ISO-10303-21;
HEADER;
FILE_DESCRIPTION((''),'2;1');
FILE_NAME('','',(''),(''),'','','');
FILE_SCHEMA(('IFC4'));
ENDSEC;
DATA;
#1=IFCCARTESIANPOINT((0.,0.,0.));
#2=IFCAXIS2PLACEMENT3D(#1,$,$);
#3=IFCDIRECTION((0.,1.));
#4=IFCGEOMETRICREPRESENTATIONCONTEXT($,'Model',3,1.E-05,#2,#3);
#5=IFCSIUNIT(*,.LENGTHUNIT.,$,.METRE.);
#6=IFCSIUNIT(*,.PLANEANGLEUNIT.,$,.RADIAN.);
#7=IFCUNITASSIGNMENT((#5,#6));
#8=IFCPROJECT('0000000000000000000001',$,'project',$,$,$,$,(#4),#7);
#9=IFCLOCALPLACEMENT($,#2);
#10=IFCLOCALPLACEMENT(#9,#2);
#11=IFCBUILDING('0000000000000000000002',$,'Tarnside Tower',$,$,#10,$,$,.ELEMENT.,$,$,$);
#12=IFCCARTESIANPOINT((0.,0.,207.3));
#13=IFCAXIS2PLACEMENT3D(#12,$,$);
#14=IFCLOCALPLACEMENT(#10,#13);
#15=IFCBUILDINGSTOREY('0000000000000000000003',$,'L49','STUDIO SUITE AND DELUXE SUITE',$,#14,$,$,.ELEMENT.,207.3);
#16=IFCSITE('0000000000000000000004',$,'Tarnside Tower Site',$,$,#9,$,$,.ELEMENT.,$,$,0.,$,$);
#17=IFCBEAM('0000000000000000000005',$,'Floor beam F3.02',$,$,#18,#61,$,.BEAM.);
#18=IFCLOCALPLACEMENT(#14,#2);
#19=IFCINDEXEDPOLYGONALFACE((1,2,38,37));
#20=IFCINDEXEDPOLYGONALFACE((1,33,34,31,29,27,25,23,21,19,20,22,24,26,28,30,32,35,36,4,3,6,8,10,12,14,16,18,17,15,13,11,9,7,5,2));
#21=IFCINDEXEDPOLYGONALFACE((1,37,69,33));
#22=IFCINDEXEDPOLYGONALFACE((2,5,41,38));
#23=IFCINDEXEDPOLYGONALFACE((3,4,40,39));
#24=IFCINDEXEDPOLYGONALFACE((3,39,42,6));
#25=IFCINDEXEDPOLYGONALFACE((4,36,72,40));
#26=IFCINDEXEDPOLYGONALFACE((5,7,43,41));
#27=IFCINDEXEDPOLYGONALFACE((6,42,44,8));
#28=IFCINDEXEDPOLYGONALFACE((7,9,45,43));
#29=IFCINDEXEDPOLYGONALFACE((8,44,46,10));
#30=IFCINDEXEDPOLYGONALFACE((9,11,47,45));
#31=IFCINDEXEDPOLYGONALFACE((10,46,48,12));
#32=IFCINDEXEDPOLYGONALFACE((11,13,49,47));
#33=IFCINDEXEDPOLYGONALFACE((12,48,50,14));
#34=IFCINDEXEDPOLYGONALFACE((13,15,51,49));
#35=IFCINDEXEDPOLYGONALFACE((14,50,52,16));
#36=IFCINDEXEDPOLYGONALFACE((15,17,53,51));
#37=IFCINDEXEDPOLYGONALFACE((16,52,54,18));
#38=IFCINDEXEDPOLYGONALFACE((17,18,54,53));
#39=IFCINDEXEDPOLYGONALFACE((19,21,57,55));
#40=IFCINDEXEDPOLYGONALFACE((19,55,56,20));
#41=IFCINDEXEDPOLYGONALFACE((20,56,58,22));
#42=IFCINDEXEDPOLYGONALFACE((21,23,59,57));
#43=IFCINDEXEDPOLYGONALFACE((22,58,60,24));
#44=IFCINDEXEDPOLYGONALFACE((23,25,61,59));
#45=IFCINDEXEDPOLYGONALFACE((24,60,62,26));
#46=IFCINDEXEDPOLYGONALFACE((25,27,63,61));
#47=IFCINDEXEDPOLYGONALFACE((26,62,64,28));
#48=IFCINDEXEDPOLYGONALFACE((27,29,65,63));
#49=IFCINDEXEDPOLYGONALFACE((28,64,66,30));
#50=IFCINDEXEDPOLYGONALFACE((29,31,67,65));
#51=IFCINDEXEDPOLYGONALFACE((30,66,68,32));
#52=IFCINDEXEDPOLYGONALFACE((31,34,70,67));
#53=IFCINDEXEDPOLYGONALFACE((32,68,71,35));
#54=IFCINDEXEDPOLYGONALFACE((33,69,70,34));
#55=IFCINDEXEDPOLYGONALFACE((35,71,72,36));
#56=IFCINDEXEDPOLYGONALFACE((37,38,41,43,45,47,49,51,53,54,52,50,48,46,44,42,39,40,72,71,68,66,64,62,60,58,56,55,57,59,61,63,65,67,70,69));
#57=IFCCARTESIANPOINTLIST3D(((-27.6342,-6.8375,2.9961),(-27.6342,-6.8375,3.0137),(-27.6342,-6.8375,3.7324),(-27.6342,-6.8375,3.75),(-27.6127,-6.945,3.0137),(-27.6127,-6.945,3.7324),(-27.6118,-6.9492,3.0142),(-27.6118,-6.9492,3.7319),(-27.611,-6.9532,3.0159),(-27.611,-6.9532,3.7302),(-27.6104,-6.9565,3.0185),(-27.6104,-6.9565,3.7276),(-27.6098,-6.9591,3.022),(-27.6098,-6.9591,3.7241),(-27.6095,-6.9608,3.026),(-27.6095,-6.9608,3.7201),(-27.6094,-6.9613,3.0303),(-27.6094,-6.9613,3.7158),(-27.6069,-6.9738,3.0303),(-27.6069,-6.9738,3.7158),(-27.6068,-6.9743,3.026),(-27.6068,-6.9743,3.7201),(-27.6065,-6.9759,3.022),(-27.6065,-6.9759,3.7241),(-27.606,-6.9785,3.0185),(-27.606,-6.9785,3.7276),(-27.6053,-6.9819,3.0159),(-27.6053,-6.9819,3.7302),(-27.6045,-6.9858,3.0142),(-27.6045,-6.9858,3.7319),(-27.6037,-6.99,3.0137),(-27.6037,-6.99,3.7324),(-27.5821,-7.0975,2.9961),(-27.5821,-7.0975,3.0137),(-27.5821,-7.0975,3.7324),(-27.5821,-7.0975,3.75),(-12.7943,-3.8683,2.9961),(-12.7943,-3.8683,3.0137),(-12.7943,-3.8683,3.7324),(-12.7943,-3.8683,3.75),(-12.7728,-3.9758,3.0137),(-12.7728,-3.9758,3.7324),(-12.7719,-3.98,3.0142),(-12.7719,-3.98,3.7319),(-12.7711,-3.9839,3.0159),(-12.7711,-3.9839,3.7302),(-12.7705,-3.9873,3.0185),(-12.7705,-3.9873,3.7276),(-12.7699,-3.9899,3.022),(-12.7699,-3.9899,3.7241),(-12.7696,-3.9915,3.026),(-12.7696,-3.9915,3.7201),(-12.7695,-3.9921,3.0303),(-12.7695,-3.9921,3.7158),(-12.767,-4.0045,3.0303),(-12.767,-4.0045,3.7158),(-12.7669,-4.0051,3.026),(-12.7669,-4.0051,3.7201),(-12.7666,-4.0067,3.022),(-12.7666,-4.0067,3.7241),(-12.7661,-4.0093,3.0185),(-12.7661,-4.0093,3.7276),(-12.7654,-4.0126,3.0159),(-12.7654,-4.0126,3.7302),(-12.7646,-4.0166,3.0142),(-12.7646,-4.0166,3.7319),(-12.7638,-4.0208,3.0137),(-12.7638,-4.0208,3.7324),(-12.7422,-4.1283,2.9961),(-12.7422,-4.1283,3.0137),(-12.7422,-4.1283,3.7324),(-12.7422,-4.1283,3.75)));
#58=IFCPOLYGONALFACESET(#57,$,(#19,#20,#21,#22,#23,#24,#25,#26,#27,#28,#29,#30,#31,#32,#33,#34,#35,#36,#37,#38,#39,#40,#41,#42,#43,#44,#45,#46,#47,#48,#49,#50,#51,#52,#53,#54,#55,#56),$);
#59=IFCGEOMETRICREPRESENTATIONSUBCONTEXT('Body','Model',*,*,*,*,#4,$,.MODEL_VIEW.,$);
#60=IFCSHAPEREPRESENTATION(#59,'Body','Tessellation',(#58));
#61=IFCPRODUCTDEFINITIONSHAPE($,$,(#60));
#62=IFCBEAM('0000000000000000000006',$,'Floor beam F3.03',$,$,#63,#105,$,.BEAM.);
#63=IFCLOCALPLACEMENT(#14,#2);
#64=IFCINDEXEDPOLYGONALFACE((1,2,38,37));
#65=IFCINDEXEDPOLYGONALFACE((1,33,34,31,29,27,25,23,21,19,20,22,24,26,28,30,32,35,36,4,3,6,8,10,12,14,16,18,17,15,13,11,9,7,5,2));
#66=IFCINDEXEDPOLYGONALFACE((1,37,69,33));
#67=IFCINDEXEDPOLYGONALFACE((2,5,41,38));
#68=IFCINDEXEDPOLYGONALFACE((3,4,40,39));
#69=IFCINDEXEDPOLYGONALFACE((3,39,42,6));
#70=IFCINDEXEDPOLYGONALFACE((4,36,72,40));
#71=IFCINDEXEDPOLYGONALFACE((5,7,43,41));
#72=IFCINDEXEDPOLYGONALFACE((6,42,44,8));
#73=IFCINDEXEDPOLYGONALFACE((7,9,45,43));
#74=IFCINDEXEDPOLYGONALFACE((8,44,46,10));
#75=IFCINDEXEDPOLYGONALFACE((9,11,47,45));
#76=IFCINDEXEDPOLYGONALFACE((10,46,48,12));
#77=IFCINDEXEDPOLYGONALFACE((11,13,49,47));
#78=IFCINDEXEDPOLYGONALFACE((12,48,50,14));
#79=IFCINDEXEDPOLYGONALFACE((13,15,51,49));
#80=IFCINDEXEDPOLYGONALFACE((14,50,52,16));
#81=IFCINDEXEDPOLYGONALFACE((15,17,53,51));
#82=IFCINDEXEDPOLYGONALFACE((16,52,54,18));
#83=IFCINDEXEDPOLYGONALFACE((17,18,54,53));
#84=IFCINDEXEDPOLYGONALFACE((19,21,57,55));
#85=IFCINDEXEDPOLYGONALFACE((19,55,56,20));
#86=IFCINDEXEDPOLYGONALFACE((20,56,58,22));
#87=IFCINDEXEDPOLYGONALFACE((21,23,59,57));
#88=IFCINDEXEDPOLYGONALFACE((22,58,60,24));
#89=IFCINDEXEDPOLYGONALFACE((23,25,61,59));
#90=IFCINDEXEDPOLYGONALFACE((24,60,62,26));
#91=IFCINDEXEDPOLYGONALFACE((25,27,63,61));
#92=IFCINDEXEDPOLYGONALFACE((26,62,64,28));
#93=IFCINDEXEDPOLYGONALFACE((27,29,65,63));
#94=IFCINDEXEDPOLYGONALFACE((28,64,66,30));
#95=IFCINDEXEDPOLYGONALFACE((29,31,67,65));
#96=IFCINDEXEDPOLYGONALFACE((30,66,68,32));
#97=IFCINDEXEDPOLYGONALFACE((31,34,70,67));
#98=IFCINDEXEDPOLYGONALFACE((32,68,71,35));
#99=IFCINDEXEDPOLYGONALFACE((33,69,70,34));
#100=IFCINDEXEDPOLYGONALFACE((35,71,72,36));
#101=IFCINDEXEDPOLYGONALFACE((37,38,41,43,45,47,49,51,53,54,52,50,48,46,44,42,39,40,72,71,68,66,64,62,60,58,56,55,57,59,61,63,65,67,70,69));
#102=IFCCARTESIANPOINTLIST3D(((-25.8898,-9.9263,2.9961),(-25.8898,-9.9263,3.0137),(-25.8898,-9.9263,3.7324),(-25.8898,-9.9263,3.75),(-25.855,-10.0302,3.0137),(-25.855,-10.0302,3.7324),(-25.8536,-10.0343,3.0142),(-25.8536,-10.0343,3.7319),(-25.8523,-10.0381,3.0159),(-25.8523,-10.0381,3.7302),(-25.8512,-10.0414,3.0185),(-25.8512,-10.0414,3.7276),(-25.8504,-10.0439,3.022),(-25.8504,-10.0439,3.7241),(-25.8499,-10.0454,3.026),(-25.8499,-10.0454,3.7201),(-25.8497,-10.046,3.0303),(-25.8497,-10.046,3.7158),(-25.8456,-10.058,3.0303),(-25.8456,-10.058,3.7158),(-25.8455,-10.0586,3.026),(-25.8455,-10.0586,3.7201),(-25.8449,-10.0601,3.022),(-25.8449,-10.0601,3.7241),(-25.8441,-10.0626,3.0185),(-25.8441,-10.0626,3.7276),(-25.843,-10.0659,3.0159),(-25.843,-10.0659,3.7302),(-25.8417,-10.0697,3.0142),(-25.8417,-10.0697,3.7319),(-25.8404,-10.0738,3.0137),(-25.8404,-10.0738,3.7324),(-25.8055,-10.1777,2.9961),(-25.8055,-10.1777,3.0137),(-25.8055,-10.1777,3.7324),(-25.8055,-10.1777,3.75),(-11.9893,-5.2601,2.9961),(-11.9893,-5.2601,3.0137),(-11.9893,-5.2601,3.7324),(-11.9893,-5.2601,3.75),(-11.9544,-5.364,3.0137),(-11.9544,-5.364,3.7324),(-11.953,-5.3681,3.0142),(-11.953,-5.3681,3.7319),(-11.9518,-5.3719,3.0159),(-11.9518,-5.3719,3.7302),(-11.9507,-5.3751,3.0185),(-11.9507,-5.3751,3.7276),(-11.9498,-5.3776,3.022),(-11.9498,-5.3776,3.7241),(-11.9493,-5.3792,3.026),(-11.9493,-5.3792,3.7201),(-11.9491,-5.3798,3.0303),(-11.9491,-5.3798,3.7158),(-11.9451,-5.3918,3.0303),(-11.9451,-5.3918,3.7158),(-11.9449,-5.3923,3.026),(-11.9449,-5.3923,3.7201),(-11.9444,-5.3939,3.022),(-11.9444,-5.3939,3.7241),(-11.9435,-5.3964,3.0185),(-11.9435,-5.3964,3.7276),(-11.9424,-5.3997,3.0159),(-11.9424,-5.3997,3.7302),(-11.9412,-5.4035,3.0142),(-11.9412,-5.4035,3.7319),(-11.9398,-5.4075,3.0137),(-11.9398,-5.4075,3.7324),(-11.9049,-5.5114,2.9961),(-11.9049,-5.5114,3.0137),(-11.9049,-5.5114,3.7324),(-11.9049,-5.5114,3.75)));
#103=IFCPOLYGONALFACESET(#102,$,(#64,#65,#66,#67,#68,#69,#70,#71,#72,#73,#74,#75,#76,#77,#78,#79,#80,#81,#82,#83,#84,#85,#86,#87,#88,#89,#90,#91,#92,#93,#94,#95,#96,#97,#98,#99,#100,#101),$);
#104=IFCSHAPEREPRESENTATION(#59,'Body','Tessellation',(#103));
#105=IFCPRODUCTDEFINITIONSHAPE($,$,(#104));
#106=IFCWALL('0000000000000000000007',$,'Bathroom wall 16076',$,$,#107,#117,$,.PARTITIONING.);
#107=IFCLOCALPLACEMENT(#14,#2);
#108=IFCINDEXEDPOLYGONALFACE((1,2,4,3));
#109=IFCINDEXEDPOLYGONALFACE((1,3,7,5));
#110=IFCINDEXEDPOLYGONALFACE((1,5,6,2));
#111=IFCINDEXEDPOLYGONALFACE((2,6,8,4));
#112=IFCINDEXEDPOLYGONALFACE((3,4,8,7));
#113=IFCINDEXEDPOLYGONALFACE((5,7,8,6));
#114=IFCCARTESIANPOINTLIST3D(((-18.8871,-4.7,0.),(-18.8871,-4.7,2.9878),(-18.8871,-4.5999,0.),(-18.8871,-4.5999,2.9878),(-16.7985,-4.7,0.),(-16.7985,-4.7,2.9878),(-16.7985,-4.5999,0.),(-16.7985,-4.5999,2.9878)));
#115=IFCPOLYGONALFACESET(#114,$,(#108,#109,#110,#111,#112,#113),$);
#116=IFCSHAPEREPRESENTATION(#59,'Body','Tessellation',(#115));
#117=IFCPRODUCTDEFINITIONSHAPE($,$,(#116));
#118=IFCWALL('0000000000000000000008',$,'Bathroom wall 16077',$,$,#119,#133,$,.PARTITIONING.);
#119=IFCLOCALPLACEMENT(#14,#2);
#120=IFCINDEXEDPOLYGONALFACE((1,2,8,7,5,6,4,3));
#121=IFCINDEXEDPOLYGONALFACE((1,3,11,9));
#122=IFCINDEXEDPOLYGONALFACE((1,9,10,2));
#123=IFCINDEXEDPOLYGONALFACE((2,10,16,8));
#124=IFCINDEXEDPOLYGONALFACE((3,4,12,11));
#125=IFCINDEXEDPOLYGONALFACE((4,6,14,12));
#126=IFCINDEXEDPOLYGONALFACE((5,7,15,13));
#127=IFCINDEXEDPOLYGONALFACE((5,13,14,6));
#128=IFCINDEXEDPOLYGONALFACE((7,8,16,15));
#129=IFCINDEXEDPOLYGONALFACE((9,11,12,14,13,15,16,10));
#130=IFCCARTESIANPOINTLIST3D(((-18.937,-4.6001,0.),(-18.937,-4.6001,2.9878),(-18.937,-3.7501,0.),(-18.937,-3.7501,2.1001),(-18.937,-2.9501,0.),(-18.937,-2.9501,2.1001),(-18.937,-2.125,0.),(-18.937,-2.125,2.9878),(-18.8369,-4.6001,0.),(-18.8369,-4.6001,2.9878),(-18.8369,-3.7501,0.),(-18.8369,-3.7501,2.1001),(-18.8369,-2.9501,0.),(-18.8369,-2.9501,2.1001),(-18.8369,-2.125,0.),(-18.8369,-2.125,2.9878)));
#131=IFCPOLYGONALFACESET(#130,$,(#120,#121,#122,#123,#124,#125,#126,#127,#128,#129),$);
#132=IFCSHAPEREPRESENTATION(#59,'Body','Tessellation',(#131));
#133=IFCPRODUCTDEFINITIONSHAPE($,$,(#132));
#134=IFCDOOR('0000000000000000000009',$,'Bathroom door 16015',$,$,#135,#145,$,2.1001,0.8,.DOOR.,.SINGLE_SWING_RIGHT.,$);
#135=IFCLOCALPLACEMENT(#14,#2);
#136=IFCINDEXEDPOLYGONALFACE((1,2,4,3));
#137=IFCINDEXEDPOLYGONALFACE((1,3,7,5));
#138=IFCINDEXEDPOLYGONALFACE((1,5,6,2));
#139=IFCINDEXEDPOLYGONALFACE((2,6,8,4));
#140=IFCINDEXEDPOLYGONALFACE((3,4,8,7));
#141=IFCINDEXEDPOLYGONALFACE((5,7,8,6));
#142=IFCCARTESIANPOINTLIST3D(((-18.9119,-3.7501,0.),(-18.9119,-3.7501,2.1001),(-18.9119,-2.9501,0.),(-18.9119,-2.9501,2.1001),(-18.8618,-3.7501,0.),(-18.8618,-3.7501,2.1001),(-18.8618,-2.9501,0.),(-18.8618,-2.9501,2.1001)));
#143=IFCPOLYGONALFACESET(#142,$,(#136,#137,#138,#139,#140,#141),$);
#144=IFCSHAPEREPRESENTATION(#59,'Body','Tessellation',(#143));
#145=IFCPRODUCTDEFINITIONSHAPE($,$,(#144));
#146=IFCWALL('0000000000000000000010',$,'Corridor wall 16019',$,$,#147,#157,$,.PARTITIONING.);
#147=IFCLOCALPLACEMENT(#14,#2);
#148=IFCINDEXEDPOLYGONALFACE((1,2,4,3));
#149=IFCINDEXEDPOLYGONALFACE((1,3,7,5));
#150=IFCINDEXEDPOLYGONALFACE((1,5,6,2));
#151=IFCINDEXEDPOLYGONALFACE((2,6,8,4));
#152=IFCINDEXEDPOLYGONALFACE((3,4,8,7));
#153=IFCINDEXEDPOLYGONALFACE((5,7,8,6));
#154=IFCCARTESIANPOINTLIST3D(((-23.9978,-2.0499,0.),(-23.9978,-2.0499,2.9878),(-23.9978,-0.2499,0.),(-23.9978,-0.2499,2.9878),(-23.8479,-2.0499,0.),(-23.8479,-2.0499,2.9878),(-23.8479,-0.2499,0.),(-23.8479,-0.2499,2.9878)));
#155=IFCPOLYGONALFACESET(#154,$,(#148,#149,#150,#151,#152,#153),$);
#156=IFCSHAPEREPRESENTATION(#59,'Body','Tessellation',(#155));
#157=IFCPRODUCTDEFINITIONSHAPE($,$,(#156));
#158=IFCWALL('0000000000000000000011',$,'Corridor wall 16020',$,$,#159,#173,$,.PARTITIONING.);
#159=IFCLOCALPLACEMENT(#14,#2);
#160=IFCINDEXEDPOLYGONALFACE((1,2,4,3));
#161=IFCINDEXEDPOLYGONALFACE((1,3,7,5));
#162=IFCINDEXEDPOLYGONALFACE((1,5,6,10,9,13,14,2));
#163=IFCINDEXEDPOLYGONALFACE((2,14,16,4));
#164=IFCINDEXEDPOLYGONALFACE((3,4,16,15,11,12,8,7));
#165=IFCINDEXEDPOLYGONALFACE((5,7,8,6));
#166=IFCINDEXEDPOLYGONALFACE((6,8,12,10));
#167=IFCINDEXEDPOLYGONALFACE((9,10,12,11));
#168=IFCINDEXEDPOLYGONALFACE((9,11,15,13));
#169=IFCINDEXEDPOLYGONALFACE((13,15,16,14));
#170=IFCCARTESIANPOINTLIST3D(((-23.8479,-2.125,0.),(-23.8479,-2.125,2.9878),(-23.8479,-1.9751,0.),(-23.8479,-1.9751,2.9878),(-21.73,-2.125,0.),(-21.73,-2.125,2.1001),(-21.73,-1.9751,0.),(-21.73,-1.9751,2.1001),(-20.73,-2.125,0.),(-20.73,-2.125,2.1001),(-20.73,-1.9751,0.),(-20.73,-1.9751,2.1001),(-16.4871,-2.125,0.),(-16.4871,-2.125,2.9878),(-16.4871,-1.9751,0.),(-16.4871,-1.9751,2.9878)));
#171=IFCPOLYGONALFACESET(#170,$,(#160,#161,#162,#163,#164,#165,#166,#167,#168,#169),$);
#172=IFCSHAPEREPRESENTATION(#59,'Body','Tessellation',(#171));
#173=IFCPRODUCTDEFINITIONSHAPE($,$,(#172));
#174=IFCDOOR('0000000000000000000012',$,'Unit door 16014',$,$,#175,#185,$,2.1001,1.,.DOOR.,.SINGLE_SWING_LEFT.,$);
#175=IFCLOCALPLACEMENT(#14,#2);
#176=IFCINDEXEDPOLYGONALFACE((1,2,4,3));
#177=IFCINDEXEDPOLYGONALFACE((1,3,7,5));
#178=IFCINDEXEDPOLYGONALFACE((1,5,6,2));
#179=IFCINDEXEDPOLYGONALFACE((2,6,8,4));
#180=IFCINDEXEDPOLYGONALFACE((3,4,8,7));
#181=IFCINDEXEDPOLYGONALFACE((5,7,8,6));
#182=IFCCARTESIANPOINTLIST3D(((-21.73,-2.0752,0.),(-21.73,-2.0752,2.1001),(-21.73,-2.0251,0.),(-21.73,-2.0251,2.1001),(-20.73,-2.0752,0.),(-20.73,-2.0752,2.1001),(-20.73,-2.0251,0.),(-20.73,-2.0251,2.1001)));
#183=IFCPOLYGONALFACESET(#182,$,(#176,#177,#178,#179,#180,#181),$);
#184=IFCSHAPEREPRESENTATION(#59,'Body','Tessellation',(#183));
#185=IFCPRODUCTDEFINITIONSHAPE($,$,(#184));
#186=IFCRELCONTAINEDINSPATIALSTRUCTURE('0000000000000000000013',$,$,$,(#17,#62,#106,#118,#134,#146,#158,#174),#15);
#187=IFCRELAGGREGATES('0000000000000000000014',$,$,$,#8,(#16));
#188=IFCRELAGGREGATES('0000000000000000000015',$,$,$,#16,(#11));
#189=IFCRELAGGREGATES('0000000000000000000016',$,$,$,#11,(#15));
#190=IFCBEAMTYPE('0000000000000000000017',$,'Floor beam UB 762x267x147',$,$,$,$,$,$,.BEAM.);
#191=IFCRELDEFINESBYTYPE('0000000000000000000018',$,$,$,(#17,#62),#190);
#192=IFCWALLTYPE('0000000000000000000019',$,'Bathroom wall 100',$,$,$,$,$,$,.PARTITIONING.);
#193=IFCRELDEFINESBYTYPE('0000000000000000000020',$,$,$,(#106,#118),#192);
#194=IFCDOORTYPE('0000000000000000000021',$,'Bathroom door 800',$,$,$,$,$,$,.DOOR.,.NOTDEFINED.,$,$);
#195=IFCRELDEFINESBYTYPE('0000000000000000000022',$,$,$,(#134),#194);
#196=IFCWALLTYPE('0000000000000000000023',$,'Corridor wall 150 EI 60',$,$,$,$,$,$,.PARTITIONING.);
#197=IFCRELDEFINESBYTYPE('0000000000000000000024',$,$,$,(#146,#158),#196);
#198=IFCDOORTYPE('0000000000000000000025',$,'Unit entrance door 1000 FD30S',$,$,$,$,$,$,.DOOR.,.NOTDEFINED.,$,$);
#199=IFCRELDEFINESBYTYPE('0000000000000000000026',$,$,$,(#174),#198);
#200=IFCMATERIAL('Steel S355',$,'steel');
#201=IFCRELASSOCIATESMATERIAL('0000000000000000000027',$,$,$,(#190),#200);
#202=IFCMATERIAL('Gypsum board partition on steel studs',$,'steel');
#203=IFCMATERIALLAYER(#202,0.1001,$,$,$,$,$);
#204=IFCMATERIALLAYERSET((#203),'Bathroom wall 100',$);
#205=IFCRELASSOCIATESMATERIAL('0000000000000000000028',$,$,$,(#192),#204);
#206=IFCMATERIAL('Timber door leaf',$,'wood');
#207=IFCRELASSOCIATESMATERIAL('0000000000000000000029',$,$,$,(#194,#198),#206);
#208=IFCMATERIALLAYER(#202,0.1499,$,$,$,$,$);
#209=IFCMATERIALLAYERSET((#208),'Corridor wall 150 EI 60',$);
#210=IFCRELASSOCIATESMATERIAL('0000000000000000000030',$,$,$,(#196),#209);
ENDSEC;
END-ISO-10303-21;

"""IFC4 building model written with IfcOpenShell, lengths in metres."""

from ifc_helpers import new_model, si_unit, direction, frame, frame_2d, origin, origin_2d, place, context, subcontext, project, spatial, rectangle, i_section, extrude, material, layer, layer_set, material_profile, profile_set, type_object, element, fill, save


model = new_model("IFC4")

# Units and contexts
model_context = context("Model", 3, precision=1e-05, world=origin(), true_north=direction((0.0, 1.0)))
body_context = subcontext(model_context, "Body", "Model", "MODEL_VIEW")
ifc_project = project(units=[si_unit("LENGTHUNIT", "METRE"), si_unit("PLANEANGLEUNIT", "RADIAN")], contexts=[model_context])

# Site, building, storey
site_placement = place(None, origin())
site = spatial("IfcSite", under=ifc_project, at=site_placement, Name="Tarnside Tower Site", CompositionType="ELEMENT", RefElevation=0.0)
building_placement = place(site_placement, origin())
building = spatial("IfcBuilding", under=site, at=building_placement, Name="Tarnside Tower", CompositionType="ELEMENT")
storey_placement = place(building_placement, frame((0.0, 0.0, 207.3)))
storey = spatial("IfcBuildingStorey", under=building, at=storey_placement, Name="L49", Description="STUDIO SUITE AND DELUXE SUITE", CompositionType="ELEMENT", Elevation=207.3)

# Beams
ifc_material_1 = material(Name="Steel S355", Category="steel")
ifc_material_profile = material_profile(ifc_material_1, i_section(OverallWidth=0.2651, OverallDepth=0.7539, WebThickness=0.0127, FlangeThickness=0.0176, FilletRadius=0.0166, at=origin_2d()), Name="UB 762x267x147")
ifc_profile_set = profile_set([ifc_material_profile], Name="Steel S355")
beam_type = type_object("IfcBeamType", Name="Floor beam UB 762x267x147", PredefinedType="BEAM", material=ifc_profile_set)
beam_1_placement = place(storey_placement, frame((-27.6082, -6.9675, 3.373), z_axis=(0.980565, 0.196197, 0.0), x_axis=(-0.196197, 0.980565, 0.0)))
element("IfcBeam", 1, at=beam_1_placement, inside=storey, type_object=beam_type, Name="Floor beam F3.02", PredefinedType="BEAM", context=body_context, shape_type="SweptSolid", body=[
    extrude(i_section(OverallWidth=0.2651, OverallDepth=0.7539, WebThickness=0.0127, FlangeThickness=0.0176, FilletRadius=0.0166, at=origin_2d()), origin(), (0.0, 0.0, 1.0), 15.134),
])
beam_2_placement = place(storey_placement, frame((-25.8477, -10.052, 3.373), z_axis=(0.948012, 0.318235, 0.0), x_axis=(-0.318235, 0.948012, 0.0)))
element("IfcBeam", 2, at=beam_2_placement, inside=storey, type_object=beam_type, Name="Floor beam F3.03", PredefinedType="BEAM", context=body_context, shape_type="SweptSolid", body=[
    extrude(i_section(OverallWidth=0.2651, OverallDepth=0.7539, WebThickness=0.0127, FlangeThickness=0.0176, FilletRadius=0.0166, at=origin_2d()), origin(), (0.0, 0.0, 1.0), 14.6628),
])

# Wall
ifc_material_2 = material(Name="Gypsum board partition on steel studs", Category="steel")
ifc_layer_1 = layer(ifc_material_2, 0.1001)
ifc_layer_set_1 = layer_set([ifc_layer_1], Name="Bathroom wall 100")
wall_type_1 = type_object("IfcWallType", Name="Bathroom wall 100", PredefinedType="PARTITIONING", material=ifc_layer_set_1)
wall_1_placement = place(storey_placement, frame((-16.7983, -4.6499, 0.0), z_axis=(0.0, 0.0, 1.0), x_axis=(-1.0, 0.0, 0.0)))
element("IfcWall", 3, at=wall_1_placement, inside=storey, type_object=wall_type_1, Name="Bathroom wall 16076", PredefinedType="PARTITIONING", context=body_context, shape_type="SweptSolid", body=[
    extrude(rectangle(XDim=2.0886, YDim=0.1001, at=frame_2d((1.0444, 0.0))), origin(), (0.0, 0.0, 1.0), 2.9878),
])

# Wall, opening, door
wall_2_placement = place(storey_placement, frame((-18.887, -4.6001, 0.0), z_axis=(0.0, 0.0, 1.0), x_axis=(0.0, 1.0, 0.0)))
wall_2 = element("IfcWall", 4, at=wall_2_placement, inside=storey, type_object=wall_type_1, Name="Bathroom wall 16077", PredefinedType="PARTITIONING", context=body_context, shape_type="SweptSolid", body=[
    extrude(rectangle(XDim=2.4751, YDim=0.1001, at=frame_2d((1.2375, 0.0))), origin(), (0.0, 0.0, 1.0), 2.9878),
])
opening_1_placement = place(wall_2_placement, frame((0.8501, 0.0, 0.0)))
opening_1 = element("IfcOpeningElement", 5, at=opening_1_placement, cuts=wall_2, PredefinedType="OPENING", context=body_context, shape_type="SweptSolid", body=[
    extrude(rectangle(XDim=0.8, YDim=2.1001, at=frame_2d((0.3999, 1.05))), frame((0.0, 0.0601, 0.0), z_axis=(0.0, -1.0, 0.0), x_axis=(1.0, 0.0, 0.0)), (0.0, 0.0, 1.0), 0.1201),
])
ifc_material_3 = material(Name="Timber door leaf", Category="wood")
door_type_1 = type_object("IfcDoorType", Name="Bathroom door 800", OperationType="NOTDEFINED", PredefinedType="DOOR", material=ifc_material_3)
door_1_placement = place(opening_1_placement, origin())
door_1 = element("IfcDoor", 6, at=door_1_placement, inside=storey, type_object=door_type_1, Name="Bathroom door 16015", OperationType="SINGLE_SWING_RIGHT", OverallHeight=2.1001, OverallWidth=0.8, PredefinedType="DOOR", context=body_context, shape_type="SweptSolid", body=[
    extrude(rectangle(XDim=0.8, YDim=2.1001, at=frame_2d((0.3999, 1.05))), frame((0.0, 0.0249, 0.0), z_axis=(0.0, -1.0, 0.0), x_axis=(1.0, 0.0, 0.0)), (0.0, 0.0, 1.0), 0.05),
])
fill(opening_1, door_1)

# Wall
ifc_layer_2 = layer(ifc_material_2, 0.1499)
ifc_layer_set_2 = layer_set([ifc_layer_2], Name="Corridor wall 150 EI 60")
wall_type_2 = type_object("IfcWallType", Name="Corridor wall 150 EI 60", PredefinedType="PARTITIONING", material=ifc_layer_set_2)
wall_3_placement = place(storey_placement, frame((-23.9229, -0.25, 0.0), z_axis=(0.0, 0.0, 1.0), x_axis=(0.0, -1.0, 0.0)))
element("IfcWall", 7, at=wall_3_placement, inside=storey, type_object=wall_type_2, Name="Corridor wall 16019", PredefinedType="PARTITIONING", context=body_context, shape_type="SweptSolid", body=[
    extrude(rectangle(XDim=1.8, YDim=0.1499, at=frame_2d((0.8999, 0.0))), origin(), (0.0, 0.0, 1.0), 2.9878),
])

# Wall, opening, door
wall_4_placement = place(storey_placement, frame((-23.8479, -2.05, 0.0), z_axis=(0.0, 0.0, 1.0), x_axis=(1.0, 0.0, 0.0)))
wall_4 = element("IfcWall", 8, at=wall_4_placement, inside=storey, type_object=wall_type_2, Name="Corridor wall 16020", PredefinedType="PARTITIONING", context=body_context, shape_type="SweptSolid", body=[
    extrude(rectangle(XDim=7.3608, YDim=0.1499, at=frame_2d((3.6804, 0.0))), origin(), (0.0, 0.0, 1.0), 2.9878),
])
opening_2_placement = place(wall_4_placement, frame((2.1179, 0.0, 0.0)))
opening_2 = element("IfcOpeningElement", 9, at=opening_2_placement, cuts=wall_4, PredefinedType="OPENING", context=body_context, shape_type="SweptSolid", body=[
    extrude(rectangle(XDim=1.0, YDim=2.1001, at=frame_2d((0.5, 1.05))), frame((0.0, 0.085, 0.0), z_axis=(0.0, -1.0, 0.0), x_axis=(1.0, 0.0, 0.0)), (0.0, 0.0, 1.0), 0.1699),
])
door_type_2 = type_object("IfcDoorType", Name="Unit entrance door 1000 FD30S", OperationType="NOTDEFINED", PredefinedType="DOOR", material=ifc_material_3)
door_2_placement = place(opening_2_placement, origin())
door_2 = element("IfcDoor", 10, at=door_2_placement, inside=storey, type_object=door_type_2, Name="Unit door 16014", OperationType="SINGLE_SWING_LEFT", OverallHeight=2.1001, OverallWidth=1.0, PredefinedType="DOOR", context=body_context, shape_type="SweptSolid", body=[
    extrude(rectangle(XDim=1.0, YDim=2.1001, at=frame_2d((0.5, 1.05))), frame((0.0, 0.0249, 0.0), z_axis=(0.0, -1.0, 0.0), x_axis=(1.0, 0.0, 0.0)), (0.0, 0.0, 1.0), 0.05),
])
fill(opening_2, door_2)

save(model, "model.ifc")
